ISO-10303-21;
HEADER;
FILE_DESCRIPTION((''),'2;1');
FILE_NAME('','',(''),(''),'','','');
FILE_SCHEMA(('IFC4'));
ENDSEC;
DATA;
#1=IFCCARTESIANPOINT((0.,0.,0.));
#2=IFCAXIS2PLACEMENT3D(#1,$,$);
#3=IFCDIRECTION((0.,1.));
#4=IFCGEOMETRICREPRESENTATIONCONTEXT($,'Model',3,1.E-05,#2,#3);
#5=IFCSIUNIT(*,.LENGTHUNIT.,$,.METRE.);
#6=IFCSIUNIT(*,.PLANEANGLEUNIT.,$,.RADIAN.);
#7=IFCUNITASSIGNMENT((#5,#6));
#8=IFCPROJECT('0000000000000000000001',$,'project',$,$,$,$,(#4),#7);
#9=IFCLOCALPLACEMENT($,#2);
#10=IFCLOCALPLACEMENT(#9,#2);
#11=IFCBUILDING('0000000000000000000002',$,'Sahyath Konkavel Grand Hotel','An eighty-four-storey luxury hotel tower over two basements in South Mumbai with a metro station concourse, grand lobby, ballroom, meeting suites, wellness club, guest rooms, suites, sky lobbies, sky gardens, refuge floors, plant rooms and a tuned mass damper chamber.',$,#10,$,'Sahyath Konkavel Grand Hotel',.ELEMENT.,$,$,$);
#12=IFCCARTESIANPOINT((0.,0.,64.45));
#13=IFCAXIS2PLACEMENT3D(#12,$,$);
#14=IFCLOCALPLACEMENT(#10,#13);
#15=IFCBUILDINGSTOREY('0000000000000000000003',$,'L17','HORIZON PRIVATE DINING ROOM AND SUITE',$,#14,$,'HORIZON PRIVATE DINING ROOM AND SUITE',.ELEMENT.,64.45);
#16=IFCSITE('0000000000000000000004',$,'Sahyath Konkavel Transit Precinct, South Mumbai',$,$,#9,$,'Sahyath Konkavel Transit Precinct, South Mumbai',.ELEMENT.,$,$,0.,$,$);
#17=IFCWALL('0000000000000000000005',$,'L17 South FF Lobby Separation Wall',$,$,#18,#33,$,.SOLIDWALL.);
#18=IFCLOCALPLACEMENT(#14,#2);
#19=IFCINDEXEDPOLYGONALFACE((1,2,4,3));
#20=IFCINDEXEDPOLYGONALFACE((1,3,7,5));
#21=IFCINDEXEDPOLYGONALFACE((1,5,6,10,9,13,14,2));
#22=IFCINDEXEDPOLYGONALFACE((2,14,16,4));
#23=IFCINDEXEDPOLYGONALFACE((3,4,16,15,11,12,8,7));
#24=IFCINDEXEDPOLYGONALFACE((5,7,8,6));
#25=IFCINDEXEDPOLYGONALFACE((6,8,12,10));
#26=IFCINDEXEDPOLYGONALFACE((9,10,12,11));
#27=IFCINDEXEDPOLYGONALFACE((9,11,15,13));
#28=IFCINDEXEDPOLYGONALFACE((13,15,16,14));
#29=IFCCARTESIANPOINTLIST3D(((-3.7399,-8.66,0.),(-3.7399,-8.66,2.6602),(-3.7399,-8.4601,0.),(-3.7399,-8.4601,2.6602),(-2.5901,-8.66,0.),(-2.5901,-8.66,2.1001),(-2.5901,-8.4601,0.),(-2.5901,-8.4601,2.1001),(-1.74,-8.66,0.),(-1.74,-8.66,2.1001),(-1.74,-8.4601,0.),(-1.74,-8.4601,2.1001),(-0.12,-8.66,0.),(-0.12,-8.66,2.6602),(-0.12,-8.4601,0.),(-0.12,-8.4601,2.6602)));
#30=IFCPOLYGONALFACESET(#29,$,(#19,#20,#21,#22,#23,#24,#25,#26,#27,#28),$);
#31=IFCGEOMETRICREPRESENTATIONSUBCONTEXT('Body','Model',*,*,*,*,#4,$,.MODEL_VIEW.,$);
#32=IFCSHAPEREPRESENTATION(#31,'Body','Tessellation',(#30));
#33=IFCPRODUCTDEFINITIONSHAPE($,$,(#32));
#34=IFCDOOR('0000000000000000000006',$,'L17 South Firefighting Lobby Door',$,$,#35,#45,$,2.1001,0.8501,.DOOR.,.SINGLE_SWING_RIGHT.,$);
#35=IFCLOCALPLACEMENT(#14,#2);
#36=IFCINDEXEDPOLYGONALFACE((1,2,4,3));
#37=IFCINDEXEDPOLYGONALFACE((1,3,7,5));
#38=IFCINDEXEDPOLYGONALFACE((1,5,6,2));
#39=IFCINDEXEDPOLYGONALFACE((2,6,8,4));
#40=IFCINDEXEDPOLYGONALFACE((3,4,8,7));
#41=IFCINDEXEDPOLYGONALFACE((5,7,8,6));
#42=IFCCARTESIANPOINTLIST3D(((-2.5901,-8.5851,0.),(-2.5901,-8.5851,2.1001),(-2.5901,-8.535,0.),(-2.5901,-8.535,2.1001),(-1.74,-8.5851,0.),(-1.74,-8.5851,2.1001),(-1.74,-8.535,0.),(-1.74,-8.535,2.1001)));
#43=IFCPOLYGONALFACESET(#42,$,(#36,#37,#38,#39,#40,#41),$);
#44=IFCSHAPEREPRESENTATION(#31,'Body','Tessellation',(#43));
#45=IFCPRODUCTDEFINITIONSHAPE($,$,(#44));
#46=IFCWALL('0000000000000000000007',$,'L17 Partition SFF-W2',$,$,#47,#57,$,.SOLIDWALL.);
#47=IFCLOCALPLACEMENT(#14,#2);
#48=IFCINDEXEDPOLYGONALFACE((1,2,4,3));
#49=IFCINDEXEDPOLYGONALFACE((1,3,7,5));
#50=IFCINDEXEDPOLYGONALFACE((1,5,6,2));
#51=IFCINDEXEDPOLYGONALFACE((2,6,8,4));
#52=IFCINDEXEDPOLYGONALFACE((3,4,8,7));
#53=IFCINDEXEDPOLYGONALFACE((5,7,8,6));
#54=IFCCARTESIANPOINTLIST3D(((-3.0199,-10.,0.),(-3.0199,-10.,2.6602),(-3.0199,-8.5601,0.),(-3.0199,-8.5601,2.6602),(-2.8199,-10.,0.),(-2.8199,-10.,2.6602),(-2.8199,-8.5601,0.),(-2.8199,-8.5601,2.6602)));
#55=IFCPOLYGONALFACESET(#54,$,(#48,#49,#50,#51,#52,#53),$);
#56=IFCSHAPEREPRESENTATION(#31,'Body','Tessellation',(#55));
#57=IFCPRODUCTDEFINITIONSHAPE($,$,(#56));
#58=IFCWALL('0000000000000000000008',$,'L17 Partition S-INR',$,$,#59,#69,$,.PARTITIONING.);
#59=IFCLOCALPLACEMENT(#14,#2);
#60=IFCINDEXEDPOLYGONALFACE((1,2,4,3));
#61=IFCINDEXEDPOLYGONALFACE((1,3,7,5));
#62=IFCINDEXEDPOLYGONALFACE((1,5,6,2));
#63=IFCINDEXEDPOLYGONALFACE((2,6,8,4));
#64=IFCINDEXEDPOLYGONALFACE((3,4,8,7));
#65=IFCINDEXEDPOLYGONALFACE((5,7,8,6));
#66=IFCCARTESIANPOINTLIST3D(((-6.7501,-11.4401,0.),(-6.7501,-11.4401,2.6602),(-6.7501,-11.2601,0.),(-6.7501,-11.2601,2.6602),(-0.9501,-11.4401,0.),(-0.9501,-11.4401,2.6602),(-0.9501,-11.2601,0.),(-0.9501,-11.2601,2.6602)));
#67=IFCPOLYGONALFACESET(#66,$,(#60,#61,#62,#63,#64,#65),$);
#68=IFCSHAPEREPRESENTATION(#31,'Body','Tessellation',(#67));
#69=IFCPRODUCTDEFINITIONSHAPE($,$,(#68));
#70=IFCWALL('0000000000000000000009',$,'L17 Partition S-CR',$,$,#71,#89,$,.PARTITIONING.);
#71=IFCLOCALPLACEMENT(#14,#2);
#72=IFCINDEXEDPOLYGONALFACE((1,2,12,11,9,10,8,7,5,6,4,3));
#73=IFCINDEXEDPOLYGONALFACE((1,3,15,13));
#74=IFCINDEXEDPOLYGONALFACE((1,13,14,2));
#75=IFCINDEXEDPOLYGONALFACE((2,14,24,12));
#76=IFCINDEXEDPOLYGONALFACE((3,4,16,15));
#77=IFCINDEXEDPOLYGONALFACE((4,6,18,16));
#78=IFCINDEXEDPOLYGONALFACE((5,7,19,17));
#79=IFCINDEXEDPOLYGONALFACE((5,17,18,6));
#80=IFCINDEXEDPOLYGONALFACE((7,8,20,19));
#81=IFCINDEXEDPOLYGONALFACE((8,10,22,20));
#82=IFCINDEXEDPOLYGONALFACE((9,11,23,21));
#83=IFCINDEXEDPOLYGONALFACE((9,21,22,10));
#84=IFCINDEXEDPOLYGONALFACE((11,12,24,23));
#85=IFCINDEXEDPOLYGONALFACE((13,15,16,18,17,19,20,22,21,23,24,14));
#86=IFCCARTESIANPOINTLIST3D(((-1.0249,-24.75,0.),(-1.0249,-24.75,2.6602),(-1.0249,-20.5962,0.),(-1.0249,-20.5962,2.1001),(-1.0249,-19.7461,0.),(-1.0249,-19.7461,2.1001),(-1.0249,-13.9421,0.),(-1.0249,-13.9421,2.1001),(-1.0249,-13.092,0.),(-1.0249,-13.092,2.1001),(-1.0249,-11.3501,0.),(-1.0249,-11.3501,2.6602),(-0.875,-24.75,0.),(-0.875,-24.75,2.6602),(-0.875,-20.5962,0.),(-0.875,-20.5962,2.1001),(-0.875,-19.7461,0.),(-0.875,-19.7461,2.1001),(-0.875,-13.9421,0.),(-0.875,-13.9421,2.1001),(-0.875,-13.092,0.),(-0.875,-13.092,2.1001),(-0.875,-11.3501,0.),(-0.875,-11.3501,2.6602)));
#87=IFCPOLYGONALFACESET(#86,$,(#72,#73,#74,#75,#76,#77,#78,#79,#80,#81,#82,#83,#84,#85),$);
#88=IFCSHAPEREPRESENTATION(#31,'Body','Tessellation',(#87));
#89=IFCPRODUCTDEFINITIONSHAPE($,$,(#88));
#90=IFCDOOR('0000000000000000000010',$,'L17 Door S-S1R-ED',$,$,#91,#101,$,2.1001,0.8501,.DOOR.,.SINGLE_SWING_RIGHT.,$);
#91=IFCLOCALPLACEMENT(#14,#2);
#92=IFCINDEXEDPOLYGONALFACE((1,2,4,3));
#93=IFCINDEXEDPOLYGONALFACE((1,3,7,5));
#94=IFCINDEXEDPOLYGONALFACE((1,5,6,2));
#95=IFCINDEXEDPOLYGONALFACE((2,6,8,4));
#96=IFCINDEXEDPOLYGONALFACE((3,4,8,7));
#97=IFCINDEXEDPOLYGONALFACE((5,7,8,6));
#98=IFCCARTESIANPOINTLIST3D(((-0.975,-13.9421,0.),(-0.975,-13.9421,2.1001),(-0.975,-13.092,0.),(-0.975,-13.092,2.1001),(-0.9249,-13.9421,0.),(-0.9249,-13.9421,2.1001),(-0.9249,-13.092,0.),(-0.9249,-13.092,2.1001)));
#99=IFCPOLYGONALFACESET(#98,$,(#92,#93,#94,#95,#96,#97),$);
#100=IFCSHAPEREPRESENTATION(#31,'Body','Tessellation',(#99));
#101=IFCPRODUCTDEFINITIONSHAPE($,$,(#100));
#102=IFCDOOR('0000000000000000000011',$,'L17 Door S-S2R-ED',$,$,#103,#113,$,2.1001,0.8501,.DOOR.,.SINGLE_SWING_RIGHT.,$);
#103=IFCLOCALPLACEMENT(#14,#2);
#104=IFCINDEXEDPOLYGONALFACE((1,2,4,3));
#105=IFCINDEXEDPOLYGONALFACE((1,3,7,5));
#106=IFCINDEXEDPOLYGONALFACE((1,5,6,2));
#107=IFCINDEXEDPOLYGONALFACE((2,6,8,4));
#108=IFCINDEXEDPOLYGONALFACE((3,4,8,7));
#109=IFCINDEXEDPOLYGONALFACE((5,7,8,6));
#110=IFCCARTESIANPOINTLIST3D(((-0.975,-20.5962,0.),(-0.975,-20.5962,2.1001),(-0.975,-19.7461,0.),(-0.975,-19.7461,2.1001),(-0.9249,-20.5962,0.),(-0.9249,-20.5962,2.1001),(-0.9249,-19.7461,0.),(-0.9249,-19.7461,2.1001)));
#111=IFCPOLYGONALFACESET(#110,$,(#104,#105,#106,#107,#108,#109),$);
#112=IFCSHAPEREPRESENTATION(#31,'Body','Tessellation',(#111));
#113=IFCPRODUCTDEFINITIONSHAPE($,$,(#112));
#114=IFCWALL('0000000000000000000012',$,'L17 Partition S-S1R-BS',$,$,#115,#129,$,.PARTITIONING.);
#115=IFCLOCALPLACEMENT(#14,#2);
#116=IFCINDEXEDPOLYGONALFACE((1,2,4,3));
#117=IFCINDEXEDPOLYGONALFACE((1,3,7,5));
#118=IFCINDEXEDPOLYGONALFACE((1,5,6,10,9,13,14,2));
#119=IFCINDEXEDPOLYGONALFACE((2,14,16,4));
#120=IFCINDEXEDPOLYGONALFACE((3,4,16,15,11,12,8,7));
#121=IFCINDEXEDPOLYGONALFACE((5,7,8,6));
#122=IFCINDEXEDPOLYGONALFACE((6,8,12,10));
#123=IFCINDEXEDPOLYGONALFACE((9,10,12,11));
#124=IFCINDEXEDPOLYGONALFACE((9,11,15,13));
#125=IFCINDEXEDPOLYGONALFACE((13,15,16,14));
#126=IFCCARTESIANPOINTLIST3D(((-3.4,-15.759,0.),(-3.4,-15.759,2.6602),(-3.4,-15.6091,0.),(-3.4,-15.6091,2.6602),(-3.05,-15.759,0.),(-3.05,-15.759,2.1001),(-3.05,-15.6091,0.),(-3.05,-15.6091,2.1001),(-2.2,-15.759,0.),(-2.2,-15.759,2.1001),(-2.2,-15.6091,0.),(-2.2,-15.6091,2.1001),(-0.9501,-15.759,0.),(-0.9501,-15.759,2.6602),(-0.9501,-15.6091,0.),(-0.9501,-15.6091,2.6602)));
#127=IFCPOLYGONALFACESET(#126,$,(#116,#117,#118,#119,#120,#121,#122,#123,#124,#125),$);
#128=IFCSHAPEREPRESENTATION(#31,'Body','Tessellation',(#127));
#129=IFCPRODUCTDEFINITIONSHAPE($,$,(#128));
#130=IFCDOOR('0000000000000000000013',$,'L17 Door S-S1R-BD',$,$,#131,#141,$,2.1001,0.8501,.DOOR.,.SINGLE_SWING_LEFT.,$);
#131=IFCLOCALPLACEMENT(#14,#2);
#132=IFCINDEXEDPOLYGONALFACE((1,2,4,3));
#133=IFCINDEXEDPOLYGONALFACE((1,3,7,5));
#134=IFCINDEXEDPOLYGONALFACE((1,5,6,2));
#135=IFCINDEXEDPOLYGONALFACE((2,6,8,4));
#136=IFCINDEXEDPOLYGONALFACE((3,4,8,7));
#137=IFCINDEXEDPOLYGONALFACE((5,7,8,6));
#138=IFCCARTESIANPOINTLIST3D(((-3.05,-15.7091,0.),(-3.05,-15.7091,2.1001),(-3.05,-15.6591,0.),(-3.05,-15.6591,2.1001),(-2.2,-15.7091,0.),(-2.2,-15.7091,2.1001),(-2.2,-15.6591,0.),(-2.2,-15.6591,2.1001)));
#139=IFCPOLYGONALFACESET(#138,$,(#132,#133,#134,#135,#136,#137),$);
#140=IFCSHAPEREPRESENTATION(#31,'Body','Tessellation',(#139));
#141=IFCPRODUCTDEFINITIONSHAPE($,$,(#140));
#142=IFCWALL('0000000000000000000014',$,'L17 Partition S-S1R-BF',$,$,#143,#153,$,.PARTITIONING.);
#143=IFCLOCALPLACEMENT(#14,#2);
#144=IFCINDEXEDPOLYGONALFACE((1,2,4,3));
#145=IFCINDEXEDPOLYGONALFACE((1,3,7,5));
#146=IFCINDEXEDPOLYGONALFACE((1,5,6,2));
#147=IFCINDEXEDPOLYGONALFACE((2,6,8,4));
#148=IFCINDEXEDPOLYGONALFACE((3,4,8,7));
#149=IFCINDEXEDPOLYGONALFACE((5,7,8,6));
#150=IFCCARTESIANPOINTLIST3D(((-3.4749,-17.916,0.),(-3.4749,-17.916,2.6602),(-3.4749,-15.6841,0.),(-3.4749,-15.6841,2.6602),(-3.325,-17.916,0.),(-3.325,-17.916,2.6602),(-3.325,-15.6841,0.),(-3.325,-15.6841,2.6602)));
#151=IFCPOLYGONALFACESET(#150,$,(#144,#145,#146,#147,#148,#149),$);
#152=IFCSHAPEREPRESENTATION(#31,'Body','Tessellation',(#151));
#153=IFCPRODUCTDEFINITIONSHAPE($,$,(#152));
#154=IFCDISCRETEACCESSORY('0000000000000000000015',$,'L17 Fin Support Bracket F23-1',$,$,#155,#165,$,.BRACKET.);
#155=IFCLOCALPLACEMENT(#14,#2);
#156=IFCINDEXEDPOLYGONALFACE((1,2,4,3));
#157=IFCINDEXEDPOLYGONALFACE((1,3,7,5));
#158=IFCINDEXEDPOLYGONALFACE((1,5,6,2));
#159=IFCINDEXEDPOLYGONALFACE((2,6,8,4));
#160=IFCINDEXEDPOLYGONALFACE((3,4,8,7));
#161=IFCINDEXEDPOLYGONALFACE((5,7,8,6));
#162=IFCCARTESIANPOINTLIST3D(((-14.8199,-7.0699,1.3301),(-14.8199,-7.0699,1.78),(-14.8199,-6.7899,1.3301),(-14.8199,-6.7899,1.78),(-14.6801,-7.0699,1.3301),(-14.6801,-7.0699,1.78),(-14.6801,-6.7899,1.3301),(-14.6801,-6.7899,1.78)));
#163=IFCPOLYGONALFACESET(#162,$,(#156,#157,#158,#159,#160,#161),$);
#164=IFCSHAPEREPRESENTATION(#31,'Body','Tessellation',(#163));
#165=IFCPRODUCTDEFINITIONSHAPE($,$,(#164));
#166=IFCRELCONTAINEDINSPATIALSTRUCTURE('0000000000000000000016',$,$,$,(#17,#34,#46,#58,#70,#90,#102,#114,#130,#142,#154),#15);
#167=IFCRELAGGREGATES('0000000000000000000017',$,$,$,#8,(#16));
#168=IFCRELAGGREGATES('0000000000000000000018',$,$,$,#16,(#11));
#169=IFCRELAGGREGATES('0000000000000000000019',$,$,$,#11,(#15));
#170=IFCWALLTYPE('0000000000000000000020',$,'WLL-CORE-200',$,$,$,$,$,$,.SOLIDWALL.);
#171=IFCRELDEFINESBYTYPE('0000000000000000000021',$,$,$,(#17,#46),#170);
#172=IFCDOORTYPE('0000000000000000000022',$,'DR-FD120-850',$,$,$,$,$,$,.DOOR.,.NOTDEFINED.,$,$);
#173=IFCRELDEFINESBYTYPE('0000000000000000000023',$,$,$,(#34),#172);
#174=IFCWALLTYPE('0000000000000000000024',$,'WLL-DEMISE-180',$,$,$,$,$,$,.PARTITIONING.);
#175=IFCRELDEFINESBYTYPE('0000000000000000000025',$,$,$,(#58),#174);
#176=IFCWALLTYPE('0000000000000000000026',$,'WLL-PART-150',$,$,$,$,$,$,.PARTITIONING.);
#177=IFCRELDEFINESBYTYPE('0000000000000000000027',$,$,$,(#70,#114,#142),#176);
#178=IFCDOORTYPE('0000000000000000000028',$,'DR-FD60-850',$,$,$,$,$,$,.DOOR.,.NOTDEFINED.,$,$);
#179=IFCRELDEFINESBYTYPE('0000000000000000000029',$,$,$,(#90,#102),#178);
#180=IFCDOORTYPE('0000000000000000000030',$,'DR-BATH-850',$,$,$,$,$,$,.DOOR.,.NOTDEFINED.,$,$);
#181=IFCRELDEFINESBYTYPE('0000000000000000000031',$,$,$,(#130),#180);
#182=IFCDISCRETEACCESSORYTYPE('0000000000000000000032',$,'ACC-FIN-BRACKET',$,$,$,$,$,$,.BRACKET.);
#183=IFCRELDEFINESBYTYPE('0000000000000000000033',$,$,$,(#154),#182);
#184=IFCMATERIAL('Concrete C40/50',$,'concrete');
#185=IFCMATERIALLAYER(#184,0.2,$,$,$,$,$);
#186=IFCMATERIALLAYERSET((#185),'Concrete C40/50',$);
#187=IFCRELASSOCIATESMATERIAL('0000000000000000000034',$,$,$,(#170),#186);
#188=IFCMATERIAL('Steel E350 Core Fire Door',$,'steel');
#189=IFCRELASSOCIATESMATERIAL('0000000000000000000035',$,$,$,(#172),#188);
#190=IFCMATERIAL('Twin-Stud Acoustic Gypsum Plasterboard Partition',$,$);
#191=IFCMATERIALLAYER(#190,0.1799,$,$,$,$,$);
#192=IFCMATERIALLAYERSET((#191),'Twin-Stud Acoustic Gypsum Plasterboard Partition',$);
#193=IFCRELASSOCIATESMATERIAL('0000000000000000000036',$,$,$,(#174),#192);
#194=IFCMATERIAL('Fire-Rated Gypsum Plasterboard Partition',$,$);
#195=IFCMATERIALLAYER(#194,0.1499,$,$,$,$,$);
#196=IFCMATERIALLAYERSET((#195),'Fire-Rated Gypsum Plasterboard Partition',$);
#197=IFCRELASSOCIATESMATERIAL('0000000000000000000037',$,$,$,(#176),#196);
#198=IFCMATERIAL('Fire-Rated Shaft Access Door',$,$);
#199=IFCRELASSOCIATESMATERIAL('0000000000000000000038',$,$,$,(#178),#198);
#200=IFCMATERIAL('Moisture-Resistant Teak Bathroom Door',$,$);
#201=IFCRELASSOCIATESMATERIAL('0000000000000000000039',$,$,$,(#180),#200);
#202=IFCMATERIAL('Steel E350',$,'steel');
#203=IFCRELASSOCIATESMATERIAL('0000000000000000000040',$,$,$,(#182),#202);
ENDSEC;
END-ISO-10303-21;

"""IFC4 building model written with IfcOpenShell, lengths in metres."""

from ifc_helpers import new_model, si_unit, direction, frame, frame_2d, origin, origin_2d, place, context, subcontext, project, spatial, rectangle, extrude, source, transform, mapped, material, layer, layer_set, type_object, element, fill, save


model = new_model("IFC4")

# Units and contexts
model_context = context("Model", 3, precision=1e-05, world=origin(), true_north=direction((0.0, 1.0)))
body_context = subcontext(model_context, "Body", "Model", "MODEL_VIEW")
ifc_project = project(units=[si_unit("LENGTHUNIT", "METRE"), si_unit("PLANEANGLEUNIT", "RADIAN")], contexts=[model_context])

# Site, building, storey
site_placement = place(None, origin())
site = spatial("IfcSite", under=ifc_project, at=site_placement, Name="Sahyath Konkavel Transit Precinct, South Mumbai", LongName="Sahyath Konkavel Transit Precinct, South Mumbai", CompositionType="ELEMENT", RefElevation=0.0)
building_placement = place(site_placement, origin())
building = spatial("IfcBuilding", under=site, at=building_placement, Name="Sahyath Konkavel Grand Hotel", Description="An eighty-four-storey luxury hotel tower over two basements in South Mumbai with a metro station concourse, grand lobby, ballroom, meeting suites, wellness club, guest rooms, suites, sky lobbies, sky gardens, refuge floors, plant rooms and a tuned mass damper chamber.", LongName="Sahyath Konkavel Grand Hotel", CompositionType="ELEMENT")
storey_placement = place(building_placement, frame((0.0, 0.0, 64.45)))
storey = spatial("IfcBuildingStorey", under=building, at=storey_placement, Name="L17", Description="HORIZON PRIVATE DINING ROOM AND SUITE", LongName="HORIZON PRIVATE DINING ROOM AND SUITE", CompositionType="ELEMENT", Elevation=64.45)

# Shared definitions
ifc_material_1 = material(Name="Steel E350", Category="steel")

# Shared definitions
ifc_material_2 = material(Name="Concrete C40/50", Category="concrete")
ifc_layer_1 = layer(ifc_material_2, 0.2)
ifc_layer_set_1 = layer_set([ifc_layer_1], Name="Concrete C40/50")
wall_type_1 = type_object("IfcWallType", Name="WLL-CORE-200", PredefinedType="SOLIDWALL", material=ifc_layer_set_1)

# Wall, opening, door
wall_1_placement = place(storey_placement, frame((-3.74, -8.5601, 0.0), z_axis=(0.0, 0.0, 1.0), x_axis=(1.0, 0.0, 0.0)))
wall_1 = element("IfcWall", 1, at=wall_1_placement, inside=storey, type_object=wall_type_1, Name="L17 South FF Lobby Separation Wall", PredefinedType="SOLIDWALL", context=body_context, shape_type="SweptSolid", body=[
    extrude(rectangle(XDim=3.6199, YDim=0.2, at=frame_2d((1.8101, 0.0))), origin(), (0.0, 0.0, 1.0), 2.6602),
])
opening_1_placement = place(wall_1_placement, frame((1.1499, 0.0, 0.0)))
opening_1 = element("IfcOpeningElement", 2, at=opening_1_placement, cuts=wall_1, PredefinedType="OPENING", context=body_context, shape_type="SweptSolid", body=[
    extrude(rectangle(XDim=0.8501, YDim=2.1001, at=frame_2d((0.425, 1.05))), frame((0.0, 0.1099, 0.0), z_axis=(0.0, -1.0, 0.0), x_axis=(1.0, 0.0, 0.0)), (0.0, 0.0, 1.0), 0.22),
])
ifc_material_3 = material(Name="Steel E350 Core Fire Door", Category="steel")
door_type_1 = type_object("IfcDoorType", Name="DR-FD120-850", OperationType="NOTDEFINED", PredefinedType="DOOR", material=ifc_material_3)
shared_shape_1 = source(origin(), body_context, "Body", "SweptSolid", [
    extrude(rectangle(XDim=0.8501, YDim=0.05, at=origin_2d()), origin(), (0.0, 0.0, 1.0), 2.1001),
])
door_1_placement = place(opening_1_placement, frame((0.425, 0.0, 0.0)))
door_1 = element("IfcDoor", 3, at=door_1_placement, inside=storey, type_object=door_type_1, Name="L17 South Firefighting Lobby Door", OperationType="SINGLE_SWING_RIGHT", OverallHeight=2.1001, OverallWidth=0.8501, PredefinedType="DOOR", context=body_context, shape_type="MappedRepresentation", body=[
    mapped(shared_shape_1, transform((0.0, 0.0, 0.0), scale=1.0)),
])
fill(opening_1, door_1)

# Walls
wall_2_placement = place(storey_placement, frame((-2.9199, -10.0, 0.0), z_axis=(0.0, 0.0, 1.0), x_axis=(0.0, 1.0, 0.0)))
element("IfcWall", 4, at=wall_2_placement, inside=storey, type_object=wall_type_1, Name="L17 Partition SFF-W2", PredefinedType="SOLIDWALL", context=body_context, shape_type="SweptSolid", body=[
    extrude(rectangle(XDim=1.4399, YDim=0.2, at=frame_2d((0.72, 0.0))), origin(), (0.0, 0.0, 1.0), 2.6602),
])
ifc_material_4 = material(Name="Twin-Stud Acoustic Gypsum Plasterboard Partition")
ifc_layer_2 = layer(ifc_material_4, 0.1799)
ifc_layer_set_2 = layer_set([ifc_layer_2], Name="Twin-Stud Acoustic Gypsum Plasterboard Partition")
wall_type_2 = type_object("IfcWallType", Name="WLL-DEMISE-180", PredefinedType="PARTITIONING", material=ifc_layer_set_2)
wall_3_placement = place(storey_placement, frame((-6.75, -11.3501, 0.0), z_axis=(0.0, 0.0, 1.0), x_axis=(1.0, 0.0, 0.0)))
element("IfcWall", 5, at=wall_3_placement, inside=storey, type_object=wall_type_2, Name="L17 Partition S-INR", PredefinedType="PARTITIONING", context=body_context, shape_type="SweptSolid", body=[
    extrude(rectangle(XDim=5.8, YDim=0.1799, at=frame_2d((2.8999, 0.0))), origin(), (0.0, 0.0, 1.0), 2.6602),
])

# Wall, openings, doors
ifc_material_5 = material(Name="Fire-Rated Gypsum Plasterboard Partition")
ifc_layer_3 = layer(ifc_material_5, 0.1499)
ifc_layer_set_3 = layer_set([ifc_layer_3], Name="Fire-Rated Gypsum Plasterboard Partition")
wall_type_3 = type_object("IfcWallType", Name="WLL-PART-150", PredefinedType="PARTITIONING", material=ifc_layer_set_3)
wall_4_placement = place(storey_placement, frame((-0.95, -11.3501, 0.0), z_axis=(0.0, 0.0, 1.0), x_axis=(0.0, -1.0, 0.0)))
wall_4 = element("IfcWall", 6, at=wall_4_placement, inside=storey, type_object=wall_type_3, Name="L17 Partition S-CR", PredefinedType="PARTITIONING", context=body_context, shape_type="SweptSolid", body=[
    extrude(rectangle(XDim=13.3999, YDim=0.1499, at=frame_2d((6.7, 0.0))), origin(), (0.0, 0.0, 1.0), 2.6602),
])
opening_2_placement = place(wall_4_placement, frame((1.7419, 0.0, 0.0)))
opening_2 = element("IfcOpeningElement", 7, at=opening_2_placement, cuts=wall_4, PredefinedType="OPENING", context=body_context, shape_type="SweptSolid", body=[
    extrude(rectangle(XDim=0.8501, YDim=2.1001, at=frame_2d((0.425, 1.05))), frame((0.0, 0.085, 0.0), z_axis=(0.0, -1.0, 0.0), x_axis=(1.0, 0.0, 0.0)), (0.0, 0.0, 1.0), 0.1699),
])
opening_3_placement = place(wall_4_placement, frame((8.396, 0.0, 0.0)))
opening_3 = element("IfcOpeningElement", 8, at=opening_3_placement, cuts=wall_4, PredefinedType="OPENING", context=body_context, shape_type="SweptSolid", body=[
    extrude(rectangle(XDim=0.8501, YDim=2.1001, at=frame_2d((0.425, 1.05))), frame((0.0, 0.085, 0.0), z_axis=(0.0, -1.0, 0.0), x_axis=(1.0, 0.0, 0.0)), (0.0, 0.0, 1.0), 0.1699),
])
ifc_material_6 = material(Name="Fire-Rated Shaft Access Door")
door_type_2 = type_object("IfcDoorType", Name="DR-FD60-850", OperationType="NOTDEFINED", PredefinedType="DOOR", material=ifc_material_6)
door_2_placement = place(opening_2_placement, frame((0.425, 0.0, 0.0)))
door_2 = element("IfcDoor", 9, at=door_2_placement, inside=storey, type_object=door_type_2, Name="L17 Door S-S1R-ED", OperationType="SINGLE_SWING_RIGHT", OverallHeight=2.1001, OverallWidth=0.8501, PredefinedType="DOOR", context=body_context, shape_type="MappedRepresentation", body=[
    mapped(shared_shape_1, transform((0.0, 0.0, 0.0), scale=1.0)),
])
fill(opening_2, door_2)
door_3_placement = place(opening_3_placement, frame((0.425, 0.0, 0.0)))
door_3 = element("IfcDoor", 10, at=door_3_placement, inside=storey, type_object=door_type_2, Name="L17 Door S-S2R-ED", OperationType="SINGLE_SWING_RIGHT", OverallHeight=2.1001, OverallWidth=0.8501, PredefinedType="DOOR", context=body_context, shape_type="MappedRepresentation", body=[
    mapped(shared_shape_1, transform((0.0, 0.0, 0.0), scale=1.0)),
])
fill(opening_3, door_3)

# Wall, opening, door
wall_5_placement = place(storey_placement, frame((-0.95, -15.6841, 0.0), z_axis=(0.0, 0.0, 1.0), x_axis=(-1.0, 0.0, 0.0)))
wall_5 = element("IfcWall", 11, at=wall_5_placement, inside=storey, type_object=wall_type_3, Name="L17 Partition S-S1R-BS", PredefinedType="PARTITIONING", context=body_context, shape_type="SweptSolid", body=[
    extrude(rectangle(XDim=2.45, YDim=0.1499, at=frame_2d((1.2251, 0.0))), origin(), (0.0, 0.0, 1.0), 2.6602),
])
opening_4_placement = place(wall_5_placement, frame((1.25, 0.0, 0.0)))
opening_4 = element("IfcOpeningElement", 12, at=opening_4_placement, cuts=wall_5, PredefinedType="OPENING", context=body_context, shape_type="SweptSolid", body=[
    extrude(rectangle(XDim=0.8501, YDim=2.1001, at=frame_2d((0.425, 1.05))), frame((0.0, 0.085, 0.0), z_axis=(0.0, -1.0, 0.0), x_axis=(1.0, 0.0, 0.0)), (0.0, 0.0, 1.0), 0.1699),
])
ifc_material_7 = material(Name="Moisture-Resistant Teak Bathroom Door")
door_type_3 = type_object("IfcDoorType", Name="DR-BATH-850", OperationType="NOTDEFINED", PredefinedType="DOOR", material=ifc_material_7)
door_4_placement = place(opening_4_placement, frame((0.425, 0.0, 0.0)))
door_4 = element("IfcDoor", 13, at=door_4_placement, inside=storey, type_object=door_type_3, Name="L17 Door S-S1R-BD", OperationType="SINGLE_SWING_LEFT", OverallHeight=2.1001, OverallWidth=0.8501, PredefinedType="DOOR", context=body_context, shape_type="MappedRepresentation", body=[
    mapped(shared_shape_1, transform((0.0, 0.0, 0.0), scale=1.0)),
])
fill(opening_4, door_4)

# Wall
wall_6_placement = place(storey_placement, frame((-3.3999, -15.6841, 0.0), z_axis=(0.0, 0.0, 1.0), x_axis=(0.0, -1.0, 0.0)))
element("IfcWall", 14, at=wall_6_placement, inside=storey, type_object=wall_type_3, Name="L17 Partition S-S1R-BF", PredefinedType="PARTITIONING", context=body_context, shape_type="SweptSolid", body=[
    extrude(rectangle(XDim=2.2319, YDim=0.1499, at=frame_2d((1.116, 0.0))), origin(), (0.0, 0.0, 1.0), 2.6602),
])

# Discrete accessory
discrete_accessory_type = type_object("IfcDiscreteAccessoryType", Name="ACC-FIN-BRACKET", PredefinedType="BRACKET", material=ifc_material_1)
shared_shape_2 = source(origin(), body_context, "Body", "SweptSolid", [
    extrude(rectangle(XDim=0.28, YDim=0.1399, at=origin_2d()), origin(), (0.0, 0.0, 1.0), 0.45),
])
discrete_accessory_placement = place(storey_placement, frame((-14.75, -6.9299, 1.3301), z_axis=(0.0, 0.0, 1.0), x_axis=(0.0, -1.0, 0.0)))
element("IfcDiscreteAccessory", 15, at=discrete_accessory_placement, inside=storey, type_object=discrete_accessory_type, Name="L17 Fin Support Bracket F23-1", PredefinedType="BRACKET", context=body_context, shape_type="MappedRepresentation", body=[
    mapped(shared_shape_2, transform((0.0, 0.0, 0.0), scale=1.0)),
])

save(model, "model.ifc")
